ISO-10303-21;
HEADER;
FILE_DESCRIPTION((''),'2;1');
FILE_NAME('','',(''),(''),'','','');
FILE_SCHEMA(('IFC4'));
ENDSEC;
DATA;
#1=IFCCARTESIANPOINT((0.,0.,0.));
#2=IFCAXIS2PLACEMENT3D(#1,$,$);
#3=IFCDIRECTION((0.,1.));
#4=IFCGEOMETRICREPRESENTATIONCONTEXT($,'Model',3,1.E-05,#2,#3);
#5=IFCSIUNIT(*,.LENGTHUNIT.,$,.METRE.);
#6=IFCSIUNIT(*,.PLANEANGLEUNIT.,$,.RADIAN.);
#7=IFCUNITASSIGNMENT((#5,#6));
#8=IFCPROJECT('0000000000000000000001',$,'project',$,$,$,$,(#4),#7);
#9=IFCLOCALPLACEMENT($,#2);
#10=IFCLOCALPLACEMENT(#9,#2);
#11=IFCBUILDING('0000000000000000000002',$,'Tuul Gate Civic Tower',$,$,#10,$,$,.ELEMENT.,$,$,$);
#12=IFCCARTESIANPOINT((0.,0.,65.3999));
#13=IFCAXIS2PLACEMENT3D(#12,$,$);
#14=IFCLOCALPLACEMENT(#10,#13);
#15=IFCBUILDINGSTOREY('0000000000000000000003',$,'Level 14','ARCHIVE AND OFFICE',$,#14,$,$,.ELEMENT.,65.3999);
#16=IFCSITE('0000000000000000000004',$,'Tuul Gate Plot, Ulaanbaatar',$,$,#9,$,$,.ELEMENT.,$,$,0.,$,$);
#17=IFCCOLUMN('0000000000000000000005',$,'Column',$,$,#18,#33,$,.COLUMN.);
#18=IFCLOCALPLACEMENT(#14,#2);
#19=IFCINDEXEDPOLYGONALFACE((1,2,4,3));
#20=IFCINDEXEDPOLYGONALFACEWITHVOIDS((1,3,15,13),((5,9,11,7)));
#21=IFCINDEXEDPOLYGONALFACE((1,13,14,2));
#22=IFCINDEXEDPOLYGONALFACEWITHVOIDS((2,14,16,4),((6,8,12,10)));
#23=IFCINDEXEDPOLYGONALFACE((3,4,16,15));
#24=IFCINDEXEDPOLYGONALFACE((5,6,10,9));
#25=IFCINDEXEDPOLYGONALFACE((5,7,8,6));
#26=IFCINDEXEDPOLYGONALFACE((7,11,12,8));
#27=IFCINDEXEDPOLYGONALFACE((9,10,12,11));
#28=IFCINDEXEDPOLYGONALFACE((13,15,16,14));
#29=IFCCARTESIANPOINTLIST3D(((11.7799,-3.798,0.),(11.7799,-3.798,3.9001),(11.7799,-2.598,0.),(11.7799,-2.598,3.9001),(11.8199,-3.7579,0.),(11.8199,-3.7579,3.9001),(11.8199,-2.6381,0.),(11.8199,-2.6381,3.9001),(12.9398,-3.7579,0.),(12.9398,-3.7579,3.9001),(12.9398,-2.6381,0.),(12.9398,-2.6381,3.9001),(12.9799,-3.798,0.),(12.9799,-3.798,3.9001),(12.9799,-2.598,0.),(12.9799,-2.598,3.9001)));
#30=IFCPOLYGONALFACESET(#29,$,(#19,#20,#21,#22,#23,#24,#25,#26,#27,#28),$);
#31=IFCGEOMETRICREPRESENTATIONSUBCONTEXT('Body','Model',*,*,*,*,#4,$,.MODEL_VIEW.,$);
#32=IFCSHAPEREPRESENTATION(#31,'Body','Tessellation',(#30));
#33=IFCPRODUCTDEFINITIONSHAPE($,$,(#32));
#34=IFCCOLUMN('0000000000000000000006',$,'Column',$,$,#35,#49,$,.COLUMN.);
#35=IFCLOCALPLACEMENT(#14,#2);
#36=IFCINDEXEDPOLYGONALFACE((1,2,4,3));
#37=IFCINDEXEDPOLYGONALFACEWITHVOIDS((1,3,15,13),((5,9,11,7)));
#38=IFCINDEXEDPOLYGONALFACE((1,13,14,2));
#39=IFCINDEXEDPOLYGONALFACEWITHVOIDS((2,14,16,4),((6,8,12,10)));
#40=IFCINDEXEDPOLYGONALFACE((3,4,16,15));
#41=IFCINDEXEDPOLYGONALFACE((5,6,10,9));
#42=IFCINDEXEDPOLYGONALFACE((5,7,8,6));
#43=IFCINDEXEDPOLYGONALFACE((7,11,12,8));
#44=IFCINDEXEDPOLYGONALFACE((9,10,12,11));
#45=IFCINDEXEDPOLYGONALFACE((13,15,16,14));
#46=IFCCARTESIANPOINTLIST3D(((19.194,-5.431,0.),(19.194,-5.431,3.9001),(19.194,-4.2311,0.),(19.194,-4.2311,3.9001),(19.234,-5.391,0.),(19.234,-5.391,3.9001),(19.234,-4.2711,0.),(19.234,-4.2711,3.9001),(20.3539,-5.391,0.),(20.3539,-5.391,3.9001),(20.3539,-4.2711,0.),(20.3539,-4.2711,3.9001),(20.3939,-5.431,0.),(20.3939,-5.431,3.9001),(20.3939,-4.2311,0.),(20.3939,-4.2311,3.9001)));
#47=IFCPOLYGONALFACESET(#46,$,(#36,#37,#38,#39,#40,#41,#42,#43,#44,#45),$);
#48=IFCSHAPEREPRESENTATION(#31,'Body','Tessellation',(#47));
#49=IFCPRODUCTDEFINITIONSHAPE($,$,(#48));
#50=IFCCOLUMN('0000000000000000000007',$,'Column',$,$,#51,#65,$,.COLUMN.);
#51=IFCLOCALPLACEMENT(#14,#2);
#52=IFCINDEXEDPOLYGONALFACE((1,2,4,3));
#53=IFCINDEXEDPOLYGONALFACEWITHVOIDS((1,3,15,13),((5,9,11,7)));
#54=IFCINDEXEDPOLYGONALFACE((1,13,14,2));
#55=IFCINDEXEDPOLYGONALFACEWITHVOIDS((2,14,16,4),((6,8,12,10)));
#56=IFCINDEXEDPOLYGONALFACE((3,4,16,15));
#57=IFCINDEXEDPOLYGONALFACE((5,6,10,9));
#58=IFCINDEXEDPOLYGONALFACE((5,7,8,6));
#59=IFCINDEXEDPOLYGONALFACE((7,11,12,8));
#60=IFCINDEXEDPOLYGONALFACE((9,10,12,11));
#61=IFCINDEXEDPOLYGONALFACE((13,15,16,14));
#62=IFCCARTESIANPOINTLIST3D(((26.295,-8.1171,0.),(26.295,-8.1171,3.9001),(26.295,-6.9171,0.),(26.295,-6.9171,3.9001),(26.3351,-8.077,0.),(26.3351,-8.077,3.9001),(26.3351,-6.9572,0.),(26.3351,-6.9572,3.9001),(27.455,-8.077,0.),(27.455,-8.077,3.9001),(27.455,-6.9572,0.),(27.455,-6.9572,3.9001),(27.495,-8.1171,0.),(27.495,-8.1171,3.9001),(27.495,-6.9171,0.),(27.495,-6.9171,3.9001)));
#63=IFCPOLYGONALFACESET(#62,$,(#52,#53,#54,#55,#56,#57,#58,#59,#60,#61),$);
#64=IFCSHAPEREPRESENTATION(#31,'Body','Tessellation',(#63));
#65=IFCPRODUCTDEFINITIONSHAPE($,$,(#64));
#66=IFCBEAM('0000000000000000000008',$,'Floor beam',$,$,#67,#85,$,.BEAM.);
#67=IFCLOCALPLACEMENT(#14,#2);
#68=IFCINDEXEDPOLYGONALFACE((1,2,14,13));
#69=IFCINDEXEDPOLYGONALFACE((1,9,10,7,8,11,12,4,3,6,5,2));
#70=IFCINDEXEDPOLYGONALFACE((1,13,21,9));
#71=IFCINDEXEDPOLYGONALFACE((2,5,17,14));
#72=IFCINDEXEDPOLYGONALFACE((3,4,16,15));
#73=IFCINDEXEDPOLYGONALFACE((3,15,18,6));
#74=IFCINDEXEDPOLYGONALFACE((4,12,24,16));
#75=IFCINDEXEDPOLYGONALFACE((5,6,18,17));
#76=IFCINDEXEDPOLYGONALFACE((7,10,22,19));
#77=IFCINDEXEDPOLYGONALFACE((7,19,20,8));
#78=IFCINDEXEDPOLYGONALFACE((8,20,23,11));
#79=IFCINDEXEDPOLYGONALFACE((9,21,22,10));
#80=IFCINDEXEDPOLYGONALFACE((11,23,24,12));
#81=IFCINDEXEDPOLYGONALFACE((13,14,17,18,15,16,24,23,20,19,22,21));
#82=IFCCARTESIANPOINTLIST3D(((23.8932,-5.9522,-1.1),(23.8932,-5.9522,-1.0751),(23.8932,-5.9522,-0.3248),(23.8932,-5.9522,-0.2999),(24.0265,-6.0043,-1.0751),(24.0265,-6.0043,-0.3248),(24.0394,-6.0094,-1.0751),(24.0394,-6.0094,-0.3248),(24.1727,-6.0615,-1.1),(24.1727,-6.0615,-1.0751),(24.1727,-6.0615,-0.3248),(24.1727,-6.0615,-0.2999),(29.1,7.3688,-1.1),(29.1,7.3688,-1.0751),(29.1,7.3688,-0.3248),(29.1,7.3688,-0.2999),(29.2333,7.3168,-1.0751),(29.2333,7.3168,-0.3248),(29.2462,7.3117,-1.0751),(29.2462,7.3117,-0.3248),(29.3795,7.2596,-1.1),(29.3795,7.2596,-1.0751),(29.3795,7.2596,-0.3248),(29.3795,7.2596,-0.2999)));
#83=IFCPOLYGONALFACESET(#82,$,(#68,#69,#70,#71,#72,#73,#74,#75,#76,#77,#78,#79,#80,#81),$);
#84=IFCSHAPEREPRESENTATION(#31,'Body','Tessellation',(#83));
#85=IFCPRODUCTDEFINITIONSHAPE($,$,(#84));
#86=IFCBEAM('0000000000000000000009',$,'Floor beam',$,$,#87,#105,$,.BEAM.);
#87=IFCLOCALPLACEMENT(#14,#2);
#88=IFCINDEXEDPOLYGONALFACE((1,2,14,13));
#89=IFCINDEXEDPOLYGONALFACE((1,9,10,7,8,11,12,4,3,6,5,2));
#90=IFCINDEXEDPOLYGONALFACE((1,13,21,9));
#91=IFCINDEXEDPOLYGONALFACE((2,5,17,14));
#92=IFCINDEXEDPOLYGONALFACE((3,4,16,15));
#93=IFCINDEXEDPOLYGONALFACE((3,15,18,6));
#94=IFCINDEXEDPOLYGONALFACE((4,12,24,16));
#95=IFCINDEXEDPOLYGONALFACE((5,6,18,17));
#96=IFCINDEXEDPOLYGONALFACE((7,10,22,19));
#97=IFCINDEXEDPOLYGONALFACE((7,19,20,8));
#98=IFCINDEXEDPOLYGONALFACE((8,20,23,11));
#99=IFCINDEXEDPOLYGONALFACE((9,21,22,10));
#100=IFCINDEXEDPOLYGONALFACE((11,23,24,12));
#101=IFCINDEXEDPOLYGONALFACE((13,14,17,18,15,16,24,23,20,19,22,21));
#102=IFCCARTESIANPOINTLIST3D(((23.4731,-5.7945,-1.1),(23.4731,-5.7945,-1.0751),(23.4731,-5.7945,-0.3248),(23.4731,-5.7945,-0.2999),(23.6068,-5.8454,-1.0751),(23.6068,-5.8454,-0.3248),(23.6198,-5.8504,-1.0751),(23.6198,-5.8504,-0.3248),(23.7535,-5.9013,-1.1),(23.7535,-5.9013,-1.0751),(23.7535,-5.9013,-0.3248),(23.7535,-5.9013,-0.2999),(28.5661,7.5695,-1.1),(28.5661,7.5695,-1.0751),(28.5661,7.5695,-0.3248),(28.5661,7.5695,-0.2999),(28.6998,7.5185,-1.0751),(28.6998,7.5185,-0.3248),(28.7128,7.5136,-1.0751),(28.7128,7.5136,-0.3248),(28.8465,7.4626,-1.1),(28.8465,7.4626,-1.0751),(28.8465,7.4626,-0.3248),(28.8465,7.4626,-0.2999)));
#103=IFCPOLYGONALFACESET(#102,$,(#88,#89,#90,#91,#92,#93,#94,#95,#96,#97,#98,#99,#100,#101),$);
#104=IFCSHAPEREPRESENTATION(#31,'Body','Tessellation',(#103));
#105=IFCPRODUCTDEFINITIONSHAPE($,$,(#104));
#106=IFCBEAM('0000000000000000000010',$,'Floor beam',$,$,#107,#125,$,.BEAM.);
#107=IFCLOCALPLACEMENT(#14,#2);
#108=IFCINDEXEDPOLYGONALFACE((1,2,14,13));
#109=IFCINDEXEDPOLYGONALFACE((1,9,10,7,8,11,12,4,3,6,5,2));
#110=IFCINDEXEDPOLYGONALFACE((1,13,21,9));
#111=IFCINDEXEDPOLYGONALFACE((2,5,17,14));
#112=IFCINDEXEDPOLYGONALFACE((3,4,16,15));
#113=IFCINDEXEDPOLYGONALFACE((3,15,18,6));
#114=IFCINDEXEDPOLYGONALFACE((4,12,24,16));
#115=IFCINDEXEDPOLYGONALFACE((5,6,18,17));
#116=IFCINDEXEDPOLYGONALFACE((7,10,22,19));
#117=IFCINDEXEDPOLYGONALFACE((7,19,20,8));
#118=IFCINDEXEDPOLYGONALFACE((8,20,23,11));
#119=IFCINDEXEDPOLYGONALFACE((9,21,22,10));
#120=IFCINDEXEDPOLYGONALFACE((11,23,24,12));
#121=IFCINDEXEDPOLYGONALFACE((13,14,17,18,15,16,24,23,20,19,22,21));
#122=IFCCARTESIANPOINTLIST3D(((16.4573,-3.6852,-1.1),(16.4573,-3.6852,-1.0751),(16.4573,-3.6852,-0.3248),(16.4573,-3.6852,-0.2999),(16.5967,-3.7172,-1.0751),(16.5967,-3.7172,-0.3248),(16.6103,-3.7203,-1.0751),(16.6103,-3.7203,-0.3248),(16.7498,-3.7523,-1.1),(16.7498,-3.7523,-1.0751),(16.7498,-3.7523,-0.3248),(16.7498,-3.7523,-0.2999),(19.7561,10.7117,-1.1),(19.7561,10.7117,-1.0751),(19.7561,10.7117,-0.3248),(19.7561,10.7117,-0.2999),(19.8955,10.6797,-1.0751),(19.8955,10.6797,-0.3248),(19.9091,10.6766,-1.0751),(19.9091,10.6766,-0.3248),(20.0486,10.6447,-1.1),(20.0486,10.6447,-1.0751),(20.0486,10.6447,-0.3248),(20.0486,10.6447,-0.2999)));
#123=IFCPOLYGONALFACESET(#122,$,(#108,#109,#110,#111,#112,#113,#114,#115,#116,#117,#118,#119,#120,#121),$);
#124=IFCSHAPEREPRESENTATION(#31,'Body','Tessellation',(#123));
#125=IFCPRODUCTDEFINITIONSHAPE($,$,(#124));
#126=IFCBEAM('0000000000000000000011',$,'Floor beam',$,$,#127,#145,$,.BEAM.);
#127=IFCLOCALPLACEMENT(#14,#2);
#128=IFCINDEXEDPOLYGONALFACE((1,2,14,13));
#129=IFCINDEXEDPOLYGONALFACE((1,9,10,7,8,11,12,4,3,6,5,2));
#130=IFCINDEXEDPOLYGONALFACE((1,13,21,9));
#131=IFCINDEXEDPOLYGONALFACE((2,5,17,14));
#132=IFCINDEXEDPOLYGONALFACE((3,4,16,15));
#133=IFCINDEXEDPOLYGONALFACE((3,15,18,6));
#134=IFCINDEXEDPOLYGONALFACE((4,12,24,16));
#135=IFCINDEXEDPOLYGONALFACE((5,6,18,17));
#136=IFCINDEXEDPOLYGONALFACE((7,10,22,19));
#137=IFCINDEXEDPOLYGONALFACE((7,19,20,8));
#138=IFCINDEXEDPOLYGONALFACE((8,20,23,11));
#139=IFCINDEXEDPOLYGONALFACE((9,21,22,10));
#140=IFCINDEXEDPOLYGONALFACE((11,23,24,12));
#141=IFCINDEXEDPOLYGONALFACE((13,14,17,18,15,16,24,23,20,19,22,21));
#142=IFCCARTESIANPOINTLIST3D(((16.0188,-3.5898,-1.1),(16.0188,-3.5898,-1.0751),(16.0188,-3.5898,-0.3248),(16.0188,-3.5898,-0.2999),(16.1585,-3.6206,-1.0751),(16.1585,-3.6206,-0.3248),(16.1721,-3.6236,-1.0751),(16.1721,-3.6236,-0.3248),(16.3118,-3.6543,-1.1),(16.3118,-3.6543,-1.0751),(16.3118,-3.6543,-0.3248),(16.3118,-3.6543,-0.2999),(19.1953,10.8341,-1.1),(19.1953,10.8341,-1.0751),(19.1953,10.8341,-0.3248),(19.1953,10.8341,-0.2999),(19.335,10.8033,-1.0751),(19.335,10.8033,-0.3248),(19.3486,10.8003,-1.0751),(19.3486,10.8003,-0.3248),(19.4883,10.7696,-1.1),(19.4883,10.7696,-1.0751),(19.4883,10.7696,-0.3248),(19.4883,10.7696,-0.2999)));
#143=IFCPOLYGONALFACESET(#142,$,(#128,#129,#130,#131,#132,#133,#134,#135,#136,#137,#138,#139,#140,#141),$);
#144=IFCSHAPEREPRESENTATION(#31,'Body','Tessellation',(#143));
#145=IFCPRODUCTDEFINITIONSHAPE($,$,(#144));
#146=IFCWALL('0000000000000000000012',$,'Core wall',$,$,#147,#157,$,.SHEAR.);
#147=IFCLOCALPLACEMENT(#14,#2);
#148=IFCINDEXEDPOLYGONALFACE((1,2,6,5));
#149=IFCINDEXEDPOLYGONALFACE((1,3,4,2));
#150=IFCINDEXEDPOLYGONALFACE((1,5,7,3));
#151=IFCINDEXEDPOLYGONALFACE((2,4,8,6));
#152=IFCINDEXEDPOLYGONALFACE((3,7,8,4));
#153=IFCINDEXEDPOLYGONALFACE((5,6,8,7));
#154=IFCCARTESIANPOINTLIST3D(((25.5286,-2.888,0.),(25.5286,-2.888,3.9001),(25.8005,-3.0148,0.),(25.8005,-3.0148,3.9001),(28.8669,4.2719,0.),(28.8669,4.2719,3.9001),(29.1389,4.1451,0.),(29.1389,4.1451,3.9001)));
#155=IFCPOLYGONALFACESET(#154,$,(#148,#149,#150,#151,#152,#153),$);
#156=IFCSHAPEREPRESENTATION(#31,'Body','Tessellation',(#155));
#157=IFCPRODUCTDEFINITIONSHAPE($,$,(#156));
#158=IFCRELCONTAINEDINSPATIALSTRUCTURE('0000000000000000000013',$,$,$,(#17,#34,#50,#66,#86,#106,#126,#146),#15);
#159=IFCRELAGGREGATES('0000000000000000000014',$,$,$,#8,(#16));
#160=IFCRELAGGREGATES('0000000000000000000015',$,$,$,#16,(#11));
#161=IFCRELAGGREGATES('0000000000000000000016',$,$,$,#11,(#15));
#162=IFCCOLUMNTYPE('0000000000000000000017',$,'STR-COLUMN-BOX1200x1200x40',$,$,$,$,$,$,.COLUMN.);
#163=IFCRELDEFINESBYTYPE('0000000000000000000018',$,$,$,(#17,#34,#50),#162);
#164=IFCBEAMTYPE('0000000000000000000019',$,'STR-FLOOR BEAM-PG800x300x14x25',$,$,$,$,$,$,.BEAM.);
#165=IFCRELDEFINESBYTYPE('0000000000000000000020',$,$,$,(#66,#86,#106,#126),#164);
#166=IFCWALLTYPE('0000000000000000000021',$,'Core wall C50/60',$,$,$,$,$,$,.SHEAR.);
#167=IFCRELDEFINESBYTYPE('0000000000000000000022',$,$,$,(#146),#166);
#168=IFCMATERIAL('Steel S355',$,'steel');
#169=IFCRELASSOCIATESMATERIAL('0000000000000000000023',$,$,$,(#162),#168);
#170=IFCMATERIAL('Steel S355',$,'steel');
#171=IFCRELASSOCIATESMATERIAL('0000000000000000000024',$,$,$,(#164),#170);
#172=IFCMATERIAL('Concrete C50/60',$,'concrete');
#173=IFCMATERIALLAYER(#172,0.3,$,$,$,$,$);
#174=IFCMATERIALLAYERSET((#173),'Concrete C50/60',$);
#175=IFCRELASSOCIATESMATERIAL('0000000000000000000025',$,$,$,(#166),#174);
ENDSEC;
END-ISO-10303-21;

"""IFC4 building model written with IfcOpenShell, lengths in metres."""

from ifc_helpers import new_model, si_unit, direction, frame, frame_2d, origin, origin_2d, place, context, subcontext, project, spatial, rectangle, hollow_rectangle, i_section, extrude, material, layer, layer_set, material_profile, profile_set, type_object, element, save


model = new_model("IFC4")

# Units and contexts
model_context = context("Model", 3, precision=1e-05, world=origin(), true_north=direction((0.0, 1.0)))
body_context = subcontext(model_context, "Body", "Model", "MODEL_VIEW")
ifc_project = project(units=[si_unit("LENGTHUNIT", "METRE"), si_unit("PLANEANGLEUNIT", "RADIAN")], contexts=[model_context])

# Site, building, storey
site_placement = place(None, origin())
site = spatial("IfcSite", under=ifc_project, at=site_placement, Name="Tuul Gate Plot, Ulaanbaatar", CompositionType="ELEMENT", RefElevation=0.0)
building_placement = place(site_placement, origin())
building = spatial("IfcBuilding", under=site, at=building_placement, Name="Tuul Gate Civic Tower", CompositionType="ELEMENT")
storey_placement = place(building_placement, frame((0.0, 0.0, 65.3999)))
storey = spatial("IfcBuildingStorey", under=building, at=storey_placement, Name="Level 14", Description="ARCHIVE AND OFFICE", CompositionType="ELEMENT", Elevation=65.3999)

# Columns
ifc_material_1 = material(Name="Steel S355", Category="steel")
ifc_material_profile_1 = material_profile(ifc_material_1, hollow_rectangle(XDim=1.2, YDim=1.2, WallThickness=0.04, at=origin_2d()), Name="BOX1200x1200x40")
ifc_profile_set_1 = profile_set([ifc_material_profile_1], Name="Steel S355")
column_type = type_object("IfcColumnType", Name="STR-COLUMN-BOX1200x1200x40", PredefinedType="COLUMN", material=ifc_profile_set_1)
for number, where, z_axis, x_axis, name in (
    (1, (12.3799, -3.198, 0.0), (0.0, 0.0, 1.0), (1.0, 0.0, 0.0), "Column"),
    (2, (19.7939, -4.8311, 0.0), (0.0, 0.0, 1.0), (1.0, 0.0, 0.0), "Column"),
    (3, (26.895, -7.5171, 0.0), (0.0, 0.0, 1.0), (1.0, 0.0, 0.0), "Column"),
):
    element("IfcColumn", number, at=place(storey_placement, frame(where, z_axis=z_axis, x_axis=x_axis)), inside=storey, type_object=column_type, Name=name, PredefinedType="COLUMN", context=body_context, shape_type="SweptSolid", body=[
        extrude(hollow_rectangle(XDim=1.2, YDim=1.2, WallThickness=0.04, at=origin_2d()), origin(), (0.0, 0.0, 1.0), 3.9001),
    ])

# Beams
ifc_material_2 = material(Name="Steel S355", Category="steel")
ifc_material_profile_2 = material_profile(ifc_material_2, i_section(OverallWidth=0.3, OverallDepth=0.8, WebThickness=0.0139, FlangeThickness=0.0249, at=origin_2d()), Name="PG800x300x14x25")
ifc_profile_set_2 = profile_set([ifc_material_profile_2], Name="Steel S355")
beam_type = type_object("IfcBeamType", Name="STR-FLOOR BEAM-PG800x300x14x25", PredefinedType="BEAM", material=ifc_profile_set_2)
beam_1_placement = place(storey_placement, frame((24.033, -6.0068, -0.7), z_axis=(0.364048, 0.93138, 0.0), x_axis=(-0.93138, 0.364048, 0.0)))
element("IfcBeam", 4, at=beam_1_placement, inside=storey, type_object=beam_type, Name="Floor beam", PredefinedType="BEAM", context=body_context, shape_type="SweptSolid", body=[
    extrude(i_section(OverallWidth=0.3, OverallDepth=0.8, WebThickness=0.0139, FlangeThickness=0.0249, at=origin_2d()), origin(), (0.0, 0.0, 1.0), 14.3025),
])
beam_2_placement = place(storey_placement, frame((23.6133, -5.8479, -0.7), z_axis=(0.356115, 0.934442, 0.0), x_axis=(-0.934442, 0.356115, 0.0)))
element("IfcBeam", 5, at=beam_2_placement, inside=storey, type_object=beam_type, Name="Floor beam", PredefinedType="BEAM", context=body_context, shape_type="SweptSolid", body=[
    extrude(i_section(OverallWidth=0.3, OverallDepth=0.8, WebThickness=0.0139, FlangeThickness=0.0249, at=origin_2d()), origin(), (0.0, 0.0, 1.0), 14.3015),
])
beam_3_placement = place(storey_placement, frame((16.6035, -3.7188, -0.7), z_axis=(0.223345, 0.974739, 0.0), x_axis=(-0.974739, 0.223345, 0.0)))
element("IfcBeam", 6, at=beam_3_placement, inside=storey, type_object=beam_type, Name="Floor beam", PredefinedType="BEAM", context=body_context, shape_type="SweptSolid", body=[
    extrude(i_section(OverallWidth=0.3, OverallDepth=0.8, WebThickness=0.0139, FlangeThickness=0.0249, at=origin_2d()), origin(), (0.0, 0.0, 1.0), 14.77),
])
beam_4_placement = place(storey_placement, frame((16.1653, -3.6221, -0.7), z_axis=(0.215073, 0.976598, 0.0), x_axis=(-0.976598, 0.215073, 0.0)))
element("IfcBeam", 7, at=beam_4_placement, inside=storey, type_object=beam_type, Name="Floor beam", PredefinedType="BEAM", context=body_context, shape_type="SweptSolid", body=[
    extrude(i_section(OverallWidth=0.3, OverallDepth=0.8, WebThickness=0.0139, FlangeThickness=0.0249, at=origin_2d()), origin(), (0.0, 0.0, 1.0), 14.7695),
])

# Wall
ifc_material_3 = material(Name="Concrete C50/60", Category="concrete")
ifc_layer_1 = layer(ifc_material_3, 0.3)
ifc_layer_set_1 = layer_set([ifc_layer_1], Name="Concrete C50/60")
wall_type_1 = type_object("IfcWallType", Name="Core wall C50/60", PredefinedType="SHEAR", material=ifc_layer_set_1)
wall_1_placement = place(storey_placement, frame((25.6646, -2.9514, 0.0), z_axis=(0.0, 0.0, 1.0), x_axis=(0.422583, 0.906324, 0.0)))
element("IfcWall", 8, at=wall_1_placement, inside=storey, type_object=wall_type_1, Name="Core wall", PredefinedType="SHEAR", context=body_context, shape_type="SweptSolid", body=[
    extrude(rectangle(XDim=7.8999, YDim=0.3, at=frame_2d((3.95, 0.0))), origin(), (0.0, 0.0, 1.0), 3.9001),
])

save(model, "model.ifc")
